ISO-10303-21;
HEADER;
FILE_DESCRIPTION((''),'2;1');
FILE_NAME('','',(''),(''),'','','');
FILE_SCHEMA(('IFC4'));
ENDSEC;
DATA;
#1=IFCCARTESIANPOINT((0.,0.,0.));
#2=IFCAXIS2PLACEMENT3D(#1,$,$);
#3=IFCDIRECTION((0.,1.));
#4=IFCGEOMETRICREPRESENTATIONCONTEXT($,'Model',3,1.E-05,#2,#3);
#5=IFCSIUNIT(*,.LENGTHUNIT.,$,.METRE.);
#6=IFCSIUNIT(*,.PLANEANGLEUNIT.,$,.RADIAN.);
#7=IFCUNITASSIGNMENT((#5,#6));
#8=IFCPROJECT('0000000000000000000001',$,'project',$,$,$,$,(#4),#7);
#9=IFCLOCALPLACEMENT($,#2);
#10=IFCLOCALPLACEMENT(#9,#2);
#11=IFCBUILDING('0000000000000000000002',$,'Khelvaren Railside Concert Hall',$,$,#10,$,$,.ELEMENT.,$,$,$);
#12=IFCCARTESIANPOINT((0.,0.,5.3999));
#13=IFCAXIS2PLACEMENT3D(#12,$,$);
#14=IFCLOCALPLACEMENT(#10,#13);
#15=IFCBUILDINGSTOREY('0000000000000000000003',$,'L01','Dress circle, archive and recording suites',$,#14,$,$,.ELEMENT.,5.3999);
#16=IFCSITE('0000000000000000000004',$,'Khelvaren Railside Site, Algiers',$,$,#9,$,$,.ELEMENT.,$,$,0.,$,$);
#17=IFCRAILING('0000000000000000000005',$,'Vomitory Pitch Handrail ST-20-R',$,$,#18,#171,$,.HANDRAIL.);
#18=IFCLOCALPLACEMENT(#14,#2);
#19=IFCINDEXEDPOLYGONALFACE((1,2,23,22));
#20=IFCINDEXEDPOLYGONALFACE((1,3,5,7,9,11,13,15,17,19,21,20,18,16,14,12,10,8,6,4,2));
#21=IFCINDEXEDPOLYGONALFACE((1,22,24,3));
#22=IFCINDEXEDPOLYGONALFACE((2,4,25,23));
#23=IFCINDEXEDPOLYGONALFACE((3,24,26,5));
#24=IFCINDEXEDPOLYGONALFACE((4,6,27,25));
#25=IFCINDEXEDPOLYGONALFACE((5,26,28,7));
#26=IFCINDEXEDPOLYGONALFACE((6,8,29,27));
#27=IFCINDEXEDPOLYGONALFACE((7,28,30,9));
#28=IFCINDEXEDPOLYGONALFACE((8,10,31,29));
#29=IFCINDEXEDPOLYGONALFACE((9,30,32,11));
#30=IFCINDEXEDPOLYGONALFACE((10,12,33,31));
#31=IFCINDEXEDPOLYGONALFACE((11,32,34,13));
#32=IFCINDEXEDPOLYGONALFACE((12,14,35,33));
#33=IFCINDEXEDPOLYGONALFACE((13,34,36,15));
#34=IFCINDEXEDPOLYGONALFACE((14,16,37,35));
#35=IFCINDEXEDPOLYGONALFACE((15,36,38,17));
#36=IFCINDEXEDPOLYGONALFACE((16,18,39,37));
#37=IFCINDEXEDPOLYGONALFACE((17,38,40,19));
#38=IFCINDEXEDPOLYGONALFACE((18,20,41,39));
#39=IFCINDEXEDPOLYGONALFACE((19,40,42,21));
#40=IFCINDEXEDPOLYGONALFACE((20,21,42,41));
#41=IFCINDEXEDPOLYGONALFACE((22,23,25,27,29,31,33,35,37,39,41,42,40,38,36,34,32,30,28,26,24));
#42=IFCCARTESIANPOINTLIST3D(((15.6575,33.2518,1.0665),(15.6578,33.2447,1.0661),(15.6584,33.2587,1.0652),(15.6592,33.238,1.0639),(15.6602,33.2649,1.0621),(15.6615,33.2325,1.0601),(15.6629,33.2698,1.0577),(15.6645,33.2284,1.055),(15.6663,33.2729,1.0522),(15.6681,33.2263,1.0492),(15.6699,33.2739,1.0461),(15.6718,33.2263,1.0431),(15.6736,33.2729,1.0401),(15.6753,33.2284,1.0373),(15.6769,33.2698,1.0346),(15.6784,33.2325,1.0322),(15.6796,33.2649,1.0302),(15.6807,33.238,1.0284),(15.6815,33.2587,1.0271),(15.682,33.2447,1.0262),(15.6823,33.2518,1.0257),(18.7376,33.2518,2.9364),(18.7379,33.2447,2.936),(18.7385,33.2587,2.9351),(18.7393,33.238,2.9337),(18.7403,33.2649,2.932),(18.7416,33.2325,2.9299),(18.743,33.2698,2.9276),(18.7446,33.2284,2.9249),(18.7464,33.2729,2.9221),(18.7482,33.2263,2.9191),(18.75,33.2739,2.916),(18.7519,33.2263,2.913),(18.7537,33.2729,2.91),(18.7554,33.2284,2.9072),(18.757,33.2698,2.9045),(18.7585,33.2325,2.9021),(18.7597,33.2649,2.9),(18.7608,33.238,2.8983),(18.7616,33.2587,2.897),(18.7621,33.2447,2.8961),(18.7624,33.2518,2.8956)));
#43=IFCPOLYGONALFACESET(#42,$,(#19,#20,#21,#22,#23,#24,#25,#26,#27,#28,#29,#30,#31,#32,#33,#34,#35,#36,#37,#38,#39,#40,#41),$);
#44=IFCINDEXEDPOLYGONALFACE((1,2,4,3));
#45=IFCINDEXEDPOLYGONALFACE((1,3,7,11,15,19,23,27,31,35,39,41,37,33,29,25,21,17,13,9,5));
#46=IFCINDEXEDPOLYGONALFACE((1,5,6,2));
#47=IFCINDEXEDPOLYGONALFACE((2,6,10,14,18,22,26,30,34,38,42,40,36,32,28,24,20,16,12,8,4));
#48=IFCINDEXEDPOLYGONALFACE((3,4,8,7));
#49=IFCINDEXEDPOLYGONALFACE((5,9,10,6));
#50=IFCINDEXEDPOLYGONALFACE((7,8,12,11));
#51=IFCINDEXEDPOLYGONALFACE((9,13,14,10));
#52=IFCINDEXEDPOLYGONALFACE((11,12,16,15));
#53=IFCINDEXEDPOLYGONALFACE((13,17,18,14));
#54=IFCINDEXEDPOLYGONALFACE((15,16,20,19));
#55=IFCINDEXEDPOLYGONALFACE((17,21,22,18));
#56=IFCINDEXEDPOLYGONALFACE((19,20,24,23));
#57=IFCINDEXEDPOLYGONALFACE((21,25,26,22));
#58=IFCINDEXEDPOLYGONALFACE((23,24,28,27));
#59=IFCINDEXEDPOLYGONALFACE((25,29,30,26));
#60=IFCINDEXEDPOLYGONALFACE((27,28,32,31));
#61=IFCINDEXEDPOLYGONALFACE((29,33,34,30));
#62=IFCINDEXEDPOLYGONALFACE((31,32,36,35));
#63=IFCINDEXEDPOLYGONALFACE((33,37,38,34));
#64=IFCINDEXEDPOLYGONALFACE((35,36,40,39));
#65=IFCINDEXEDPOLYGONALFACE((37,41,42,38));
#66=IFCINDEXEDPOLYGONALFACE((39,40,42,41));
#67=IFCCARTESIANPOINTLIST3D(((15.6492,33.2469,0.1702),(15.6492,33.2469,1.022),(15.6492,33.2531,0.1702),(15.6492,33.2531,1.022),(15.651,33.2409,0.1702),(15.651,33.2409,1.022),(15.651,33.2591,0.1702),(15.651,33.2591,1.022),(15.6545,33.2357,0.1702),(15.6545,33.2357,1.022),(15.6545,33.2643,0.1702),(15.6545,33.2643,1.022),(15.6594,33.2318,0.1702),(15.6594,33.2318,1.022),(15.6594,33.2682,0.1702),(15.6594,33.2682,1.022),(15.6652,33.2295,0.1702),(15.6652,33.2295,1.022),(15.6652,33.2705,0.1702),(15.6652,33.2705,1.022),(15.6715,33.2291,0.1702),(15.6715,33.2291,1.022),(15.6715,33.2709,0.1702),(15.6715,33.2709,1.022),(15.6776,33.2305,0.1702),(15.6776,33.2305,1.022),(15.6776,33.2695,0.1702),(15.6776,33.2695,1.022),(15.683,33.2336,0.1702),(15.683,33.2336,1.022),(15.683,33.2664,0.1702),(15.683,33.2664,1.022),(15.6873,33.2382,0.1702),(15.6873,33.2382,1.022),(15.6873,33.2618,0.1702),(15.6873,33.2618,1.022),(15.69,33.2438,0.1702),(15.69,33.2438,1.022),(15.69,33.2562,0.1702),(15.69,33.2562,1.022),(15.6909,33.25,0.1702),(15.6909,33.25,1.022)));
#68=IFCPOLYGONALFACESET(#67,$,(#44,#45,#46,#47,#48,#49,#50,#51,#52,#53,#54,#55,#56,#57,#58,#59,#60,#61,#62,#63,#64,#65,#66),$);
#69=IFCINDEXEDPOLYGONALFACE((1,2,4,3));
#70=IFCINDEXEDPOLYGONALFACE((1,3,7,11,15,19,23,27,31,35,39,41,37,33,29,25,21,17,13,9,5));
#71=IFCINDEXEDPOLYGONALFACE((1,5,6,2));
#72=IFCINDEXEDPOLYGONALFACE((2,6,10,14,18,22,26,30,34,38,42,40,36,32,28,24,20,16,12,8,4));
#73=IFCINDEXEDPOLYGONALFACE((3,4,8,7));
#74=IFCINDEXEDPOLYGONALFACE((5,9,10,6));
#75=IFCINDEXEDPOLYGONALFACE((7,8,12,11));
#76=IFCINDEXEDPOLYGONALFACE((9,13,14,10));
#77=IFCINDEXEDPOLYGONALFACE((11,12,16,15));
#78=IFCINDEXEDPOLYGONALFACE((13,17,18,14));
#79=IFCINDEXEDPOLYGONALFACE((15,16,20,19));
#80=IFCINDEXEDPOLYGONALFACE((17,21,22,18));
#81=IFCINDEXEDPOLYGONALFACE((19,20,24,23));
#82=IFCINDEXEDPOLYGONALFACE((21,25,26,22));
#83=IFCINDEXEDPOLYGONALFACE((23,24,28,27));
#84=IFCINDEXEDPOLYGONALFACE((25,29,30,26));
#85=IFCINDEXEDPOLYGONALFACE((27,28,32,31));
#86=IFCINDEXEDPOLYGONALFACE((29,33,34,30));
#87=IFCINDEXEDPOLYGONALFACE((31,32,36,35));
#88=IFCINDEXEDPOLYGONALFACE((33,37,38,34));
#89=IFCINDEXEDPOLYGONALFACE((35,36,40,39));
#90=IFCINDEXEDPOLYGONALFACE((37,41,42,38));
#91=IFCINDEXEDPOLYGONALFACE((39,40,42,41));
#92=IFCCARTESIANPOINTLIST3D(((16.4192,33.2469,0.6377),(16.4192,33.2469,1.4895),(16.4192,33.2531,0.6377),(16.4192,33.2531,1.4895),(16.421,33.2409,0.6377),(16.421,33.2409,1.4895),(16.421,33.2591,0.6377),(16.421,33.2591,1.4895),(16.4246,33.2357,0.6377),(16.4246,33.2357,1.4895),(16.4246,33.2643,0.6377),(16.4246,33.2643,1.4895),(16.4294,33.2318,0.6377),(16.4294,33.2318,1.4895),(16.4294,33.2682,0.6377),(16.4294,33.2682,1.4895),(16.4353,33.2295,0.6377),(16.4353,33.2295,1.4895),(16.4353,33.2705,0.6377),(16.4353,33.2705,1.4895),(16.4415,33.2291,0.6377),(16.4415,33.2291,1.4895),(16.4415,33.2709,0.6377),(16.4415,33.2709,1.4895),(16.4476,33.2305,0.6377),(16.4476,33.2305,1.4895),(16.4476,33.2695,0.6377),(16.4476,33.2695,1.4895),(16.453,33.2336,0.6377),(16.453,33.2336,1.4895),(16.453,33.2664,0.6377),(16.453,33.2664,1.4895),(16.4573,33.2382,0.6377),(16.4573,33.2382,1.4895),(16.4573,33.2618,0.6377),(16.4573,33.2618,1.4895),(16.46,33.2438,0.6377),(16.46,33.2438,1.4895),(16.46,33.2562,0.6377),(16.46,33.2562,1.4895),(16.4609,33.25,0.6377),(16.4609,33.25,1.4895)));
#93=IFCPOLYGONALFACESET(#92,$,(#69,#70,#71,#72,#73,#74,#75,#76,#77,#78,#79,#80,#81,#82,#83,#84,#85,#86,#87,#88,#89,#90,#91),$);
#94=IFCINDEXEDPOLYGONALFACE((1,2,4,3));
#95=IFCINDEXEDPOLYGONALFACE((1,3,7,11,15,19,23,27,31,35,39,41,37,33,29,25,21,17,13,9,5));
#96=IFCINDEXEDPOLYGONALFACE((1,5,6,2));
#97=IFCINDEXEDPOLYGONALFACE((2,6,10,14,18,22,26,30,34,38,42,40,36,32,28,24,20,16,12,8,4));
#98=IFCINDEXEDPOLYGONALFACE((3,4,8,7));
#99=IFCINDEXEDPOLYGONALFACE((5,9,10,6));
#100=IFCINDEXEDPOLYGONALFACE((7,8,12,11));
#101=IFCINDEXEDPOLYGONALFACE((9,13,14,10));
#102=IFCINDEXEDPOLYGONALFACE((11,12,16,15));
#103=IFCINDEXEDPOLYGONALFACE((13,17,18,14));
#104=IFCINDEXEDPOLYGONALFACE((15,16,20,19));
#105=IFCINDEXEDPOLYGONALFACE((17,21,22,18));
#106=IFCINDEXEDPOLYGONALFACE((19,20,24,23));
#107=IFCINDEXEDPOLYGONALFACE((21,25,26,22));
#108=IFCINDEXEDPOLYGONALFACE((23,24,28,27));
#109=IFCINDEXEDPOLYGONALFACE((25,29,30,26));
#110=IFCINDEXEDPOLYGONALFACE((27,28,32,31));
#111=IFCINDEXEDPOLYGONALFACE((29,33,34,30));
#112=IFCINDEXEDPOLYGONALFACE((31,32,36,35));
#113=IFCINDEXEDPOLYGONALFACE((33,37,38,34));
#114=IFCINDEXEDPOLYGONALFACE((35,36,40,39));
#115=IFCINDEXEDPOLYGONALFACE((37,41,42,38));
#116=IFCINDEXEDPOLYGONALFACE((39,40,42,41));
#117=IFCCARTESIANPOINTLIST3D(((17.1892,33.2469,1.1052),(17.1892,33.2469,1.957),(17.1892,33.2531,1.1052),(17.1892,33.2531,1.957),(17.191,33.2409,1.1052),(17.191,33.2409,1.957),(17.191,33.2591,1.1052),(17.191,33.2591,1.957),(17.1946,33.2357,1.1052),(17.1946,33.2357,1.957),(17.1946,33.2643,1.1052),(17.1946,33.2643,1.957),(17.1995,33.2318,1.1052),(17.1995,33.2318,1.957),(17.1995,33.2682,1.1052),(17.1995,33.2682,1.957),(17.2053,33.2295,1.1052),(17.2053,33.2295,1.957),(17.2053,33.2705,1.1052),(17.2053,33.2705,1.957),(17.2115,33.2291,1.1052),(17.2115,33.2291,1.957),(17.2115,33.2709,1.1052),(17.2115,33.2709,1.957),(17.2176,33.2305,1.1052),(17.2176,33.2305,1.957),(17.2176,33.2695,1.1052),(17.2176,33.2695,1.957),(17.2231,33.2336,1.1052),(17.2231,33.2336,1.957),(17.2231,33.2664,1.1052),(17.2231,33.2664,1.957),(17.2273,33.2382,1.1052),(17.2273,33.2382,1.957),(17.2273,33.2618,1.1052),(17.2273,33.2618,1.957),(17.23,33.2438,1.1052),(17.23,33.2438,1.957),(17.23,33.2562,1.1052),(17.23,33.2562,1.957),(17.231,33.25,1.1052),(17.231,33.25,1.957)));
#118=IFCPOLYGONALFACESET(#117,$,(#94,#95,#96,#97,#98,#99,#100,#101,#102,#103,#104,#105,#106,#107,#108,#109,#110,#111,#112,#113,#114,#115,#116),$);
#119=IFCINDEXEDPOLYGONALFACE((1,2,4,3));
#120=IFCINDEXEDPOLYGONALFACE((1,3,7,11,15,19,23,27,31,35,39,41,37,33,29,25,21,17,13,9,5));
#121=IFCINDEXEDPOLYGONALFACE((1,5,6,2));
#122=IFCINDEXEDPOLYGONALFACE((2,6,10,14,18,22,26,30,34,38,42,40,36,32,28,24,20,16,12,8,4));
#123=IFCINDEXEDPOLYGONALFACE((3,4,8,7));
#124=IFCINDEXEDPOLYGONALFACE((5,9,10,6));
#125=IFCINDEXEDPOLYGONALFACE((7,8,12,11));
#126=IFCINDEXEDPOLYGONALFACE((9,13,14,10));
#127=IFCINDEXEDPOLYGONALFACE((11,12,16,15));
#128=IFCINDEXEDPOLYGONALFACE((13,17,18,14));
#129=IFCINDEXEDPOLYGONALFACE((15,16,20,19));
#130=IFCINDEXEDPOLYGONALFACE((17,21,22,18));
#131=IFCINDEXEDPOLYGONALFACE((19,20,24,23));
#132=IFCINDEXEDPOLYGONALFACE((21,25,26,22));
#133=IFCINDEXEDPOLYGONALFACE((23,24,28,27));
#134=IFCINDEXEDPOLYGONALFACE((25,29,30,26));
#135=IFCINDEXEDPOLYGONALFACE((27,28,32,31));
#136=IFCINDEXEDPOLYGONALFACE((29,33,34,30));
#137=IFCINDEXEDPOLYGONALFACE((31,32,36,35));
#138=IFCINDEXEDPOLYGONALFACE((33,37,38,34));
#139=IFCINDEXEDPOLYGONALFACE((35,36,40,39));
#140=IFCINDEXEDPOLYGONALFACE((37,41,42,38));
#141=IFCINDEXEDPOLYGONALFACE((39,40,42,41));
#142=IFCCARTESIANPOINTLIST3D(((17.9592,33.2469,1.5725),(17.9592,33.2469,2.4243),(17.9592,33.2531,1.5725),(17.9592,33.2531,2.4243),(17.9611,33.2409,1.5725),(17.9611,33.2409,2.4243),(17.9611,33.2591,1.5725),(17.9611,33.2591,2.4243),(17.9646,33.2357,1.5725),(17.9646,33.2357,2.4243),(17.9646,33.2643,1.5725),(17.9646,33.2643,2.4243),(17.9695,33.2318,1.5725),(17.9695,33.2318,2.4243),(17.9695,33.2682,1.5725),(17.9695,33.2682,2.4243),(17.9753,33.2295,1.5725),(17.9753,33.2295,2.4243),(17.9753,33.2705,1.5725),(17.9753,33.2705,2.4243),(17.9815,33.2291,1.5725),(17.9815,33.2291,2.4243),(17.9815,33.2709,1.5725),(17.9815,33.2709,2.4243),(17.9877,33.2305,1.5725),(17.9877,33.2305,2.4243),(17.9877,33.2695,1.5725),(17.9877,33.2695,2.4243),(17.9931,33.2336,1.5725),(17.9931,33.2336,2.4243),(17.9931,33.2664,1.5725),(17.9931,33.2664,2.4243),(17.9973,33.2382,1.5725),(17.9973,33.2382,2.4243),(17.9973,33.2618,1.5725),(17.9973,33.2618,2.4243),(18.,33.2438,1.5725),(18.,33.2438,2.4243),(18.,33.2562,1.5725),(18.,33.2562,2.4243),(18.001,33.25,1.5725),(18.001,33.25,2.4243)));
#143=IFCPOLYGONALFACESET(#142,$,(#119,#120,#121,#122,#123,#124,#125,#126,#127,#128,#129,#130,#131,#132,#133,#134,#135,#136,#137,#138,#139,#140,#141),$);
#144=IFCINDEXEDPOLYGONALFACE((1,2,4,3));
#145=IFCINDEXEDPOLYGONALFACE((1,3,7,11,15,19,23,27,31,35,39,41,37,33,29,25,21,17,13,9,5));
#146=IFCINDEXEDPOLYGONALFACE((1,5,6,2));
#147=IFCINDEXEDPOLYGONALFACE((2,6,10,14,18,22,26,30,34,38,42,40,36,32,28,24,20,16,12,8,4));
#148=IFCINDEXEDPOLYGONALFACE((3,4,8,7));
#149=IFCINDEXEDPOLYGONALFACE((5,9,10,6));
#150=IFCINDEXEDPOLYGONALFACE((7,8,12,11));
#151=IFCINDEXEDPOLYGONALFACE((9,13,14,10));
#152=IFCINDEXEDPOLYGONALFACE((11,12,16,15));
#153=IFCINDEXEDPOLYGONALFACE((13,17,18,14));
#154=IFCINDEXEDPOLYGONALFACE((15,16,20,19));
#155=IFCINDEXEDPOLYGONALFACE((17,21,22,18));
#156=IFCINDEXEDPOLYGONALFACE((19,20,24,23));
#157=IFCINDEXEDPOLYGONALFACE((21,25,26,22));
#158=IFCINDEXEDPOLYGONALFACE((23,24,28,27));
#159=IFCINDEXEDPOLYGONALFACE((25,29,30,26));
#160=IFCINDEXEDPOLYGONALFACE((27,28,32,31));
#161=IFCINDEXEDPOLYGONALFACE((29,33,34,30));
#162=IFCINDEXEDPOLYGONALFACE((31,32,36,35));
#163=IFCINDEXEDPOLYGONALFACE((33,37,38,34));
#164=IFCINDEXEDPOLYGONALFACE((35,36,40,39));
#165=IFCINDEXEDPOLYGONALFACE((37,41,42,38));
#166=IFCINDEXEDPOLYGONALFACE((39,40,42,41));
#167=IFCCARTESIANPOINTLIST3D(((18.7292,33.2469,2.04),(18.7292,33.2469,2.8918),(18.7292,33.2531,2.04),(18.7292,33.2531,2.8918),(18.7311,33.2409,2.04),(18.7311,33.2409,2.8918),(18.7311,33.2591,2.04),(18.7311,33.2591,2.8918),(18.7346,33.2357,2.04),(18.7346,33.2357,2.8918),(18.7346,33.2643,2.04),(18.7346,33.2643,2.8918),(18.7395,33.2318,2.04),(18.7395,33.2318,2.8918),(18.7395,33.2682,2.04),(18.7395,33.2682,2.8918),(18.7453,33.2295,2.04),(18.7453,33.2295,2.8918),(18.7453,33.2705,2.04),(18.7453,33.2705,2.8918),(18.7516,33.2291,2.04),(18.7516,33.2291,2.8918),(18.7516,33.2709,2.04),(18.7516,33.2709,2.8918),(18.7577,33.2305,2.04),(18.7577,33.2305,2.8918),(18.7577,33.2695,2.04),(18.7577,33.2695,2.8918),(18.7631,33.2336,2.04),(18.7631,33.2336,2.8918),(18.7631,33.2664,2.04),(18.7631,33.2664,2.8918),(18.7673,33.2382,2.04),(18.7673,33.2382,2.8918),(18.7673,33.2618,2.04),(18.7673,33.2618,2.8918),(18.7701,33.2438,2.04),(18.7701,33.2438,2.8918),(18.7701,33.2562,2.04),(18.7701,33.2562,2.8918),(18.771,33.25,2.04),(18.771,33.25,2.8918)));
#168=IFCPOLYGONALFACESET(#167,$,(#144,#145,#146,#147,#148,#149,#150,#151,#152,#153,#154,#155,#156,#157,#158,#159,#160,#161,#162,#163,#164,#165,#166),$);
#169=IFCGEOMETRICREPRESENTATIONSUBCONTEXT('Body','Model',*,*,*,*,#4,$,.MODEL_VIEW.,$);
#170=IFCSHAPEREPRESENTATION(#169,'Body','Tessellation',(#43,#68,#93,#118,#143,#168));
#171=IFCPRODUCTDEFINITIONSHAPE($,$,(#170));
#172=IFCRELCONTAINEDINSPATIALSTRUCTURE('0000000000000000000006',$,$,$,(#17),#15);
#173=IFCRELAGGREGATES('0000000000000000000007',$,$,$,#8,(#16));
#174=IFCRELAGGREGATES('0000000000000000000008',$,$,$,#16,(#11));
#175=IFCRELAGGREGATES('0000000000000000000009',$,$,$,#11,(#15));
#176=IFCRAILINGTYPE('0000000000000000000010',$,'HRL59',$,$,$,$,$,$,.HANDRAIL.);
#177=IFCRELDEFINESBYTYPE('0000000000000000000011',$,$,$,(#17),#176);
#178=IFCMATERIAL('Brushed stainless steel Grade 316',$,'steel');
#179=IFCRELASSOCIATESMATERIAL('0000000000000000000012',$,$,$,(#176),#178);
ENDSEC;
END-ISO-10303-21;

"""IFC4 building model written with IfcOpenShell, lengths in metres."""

from ifc_helpers import new_model, si_unit, direction, frame, origin, origin_2d, place, context, subcontext, project, spatial, circle, extrude, material, type_object, element, save


model = new_model("IFC4")

# Units and contexts
model_context = context("Model", 3, precision=1e-05, world=origin(), true_north=direction((0.0, 1.0)))
body_context = subcontext(model_context, "Body", "Model", "MODEL_VIEW")
ifc_project = project(units=[si_unit("LENGTHUNIT", "METRE"), si_unit("PLANEANGLEUNIT", "RADIAN")], contexts=[model_context])

# Site, building, storey
site_placement = place(None, origin())
site = spatial("IfcSite", under=ifc_project, at=site_placement, Name="Khelvaren Railside Site, Algiers", CompositionType="ELEMENT", RefElevation=0.0)
building_placement = place(site_placement, origin())
building = spatial("IfcBuilding", under=site, at=building_placement, Name="Khelvaren Railside Concert Hall", CompositionType="ELEMENT")
storey_placement = place(building_placement, frame((0.0, 0.0, 5.3999)))
storey = spatial("IfcBuildingStorey", under=building, at=storey_placement, Name="L01", Description="Dress circle, archive and recording suites", CompositionType="ELEMENT", Elevation=5.3999)

# Railing
ifc_material_1 = material(Name="Brushed stainless steel Grade 316", Category="steel")
railing_type_1 = type_object("IfcRailingType", Name="HRL59", PredefinedType="HANDRAIL", material=ifc_material_1)
for number, where, name in (
    (1, (15.6699, 33.25, 0.1702), "Vomitory Pitch Handrail ST-20-R"),
):
    element("IfcRailing", number, at=place(storey_placement, frame(where)), inside=storey, type_object=railing_type_1, Name=name, PredefinedType="HANDRAIL", context=body_context, shape_type="SweptSolid", body=[
        extrude(circle(Radius=0.0239, at=origin_2d()), frame((0.0, 0.0, 0.876), z_axis=(0.854809, 0.0, 0.518943), x_axis=(0.0, 1.0, 0.0)), (0.0, 0.0, 1.0), 3.6033),
        extrude(circle(Radius=0.021, at=origin_2d()), origin(), (0.0, 0.0, 1.0), 0.8518),
        extrude(circle(Radius=0.021, at=origin_2d()), frame((0.77, 0.0, 0.4675)), (0.0, 0.0, 1.0), 0.8518),
        extrude(circle(Radius=0.021, at=origin_2d()), frame((1.54, 0.0, 0.9351)), (0.0, 0.0, 1.0), 0.8518),
        extrude(circle(Radius=0.021, at=origin_2d()), frame((2.3101, 0.0, 1.4023)), (0.0, 0.0, 1.0), 0.8518),
        extrude(circle(Radius=0.021, at=origin_2d()), frame((3.0801, 0.0, 1.8699)), (0.0, 0.0, 1.0), 0.8518),
    ])

save(model, "model.ifc")
